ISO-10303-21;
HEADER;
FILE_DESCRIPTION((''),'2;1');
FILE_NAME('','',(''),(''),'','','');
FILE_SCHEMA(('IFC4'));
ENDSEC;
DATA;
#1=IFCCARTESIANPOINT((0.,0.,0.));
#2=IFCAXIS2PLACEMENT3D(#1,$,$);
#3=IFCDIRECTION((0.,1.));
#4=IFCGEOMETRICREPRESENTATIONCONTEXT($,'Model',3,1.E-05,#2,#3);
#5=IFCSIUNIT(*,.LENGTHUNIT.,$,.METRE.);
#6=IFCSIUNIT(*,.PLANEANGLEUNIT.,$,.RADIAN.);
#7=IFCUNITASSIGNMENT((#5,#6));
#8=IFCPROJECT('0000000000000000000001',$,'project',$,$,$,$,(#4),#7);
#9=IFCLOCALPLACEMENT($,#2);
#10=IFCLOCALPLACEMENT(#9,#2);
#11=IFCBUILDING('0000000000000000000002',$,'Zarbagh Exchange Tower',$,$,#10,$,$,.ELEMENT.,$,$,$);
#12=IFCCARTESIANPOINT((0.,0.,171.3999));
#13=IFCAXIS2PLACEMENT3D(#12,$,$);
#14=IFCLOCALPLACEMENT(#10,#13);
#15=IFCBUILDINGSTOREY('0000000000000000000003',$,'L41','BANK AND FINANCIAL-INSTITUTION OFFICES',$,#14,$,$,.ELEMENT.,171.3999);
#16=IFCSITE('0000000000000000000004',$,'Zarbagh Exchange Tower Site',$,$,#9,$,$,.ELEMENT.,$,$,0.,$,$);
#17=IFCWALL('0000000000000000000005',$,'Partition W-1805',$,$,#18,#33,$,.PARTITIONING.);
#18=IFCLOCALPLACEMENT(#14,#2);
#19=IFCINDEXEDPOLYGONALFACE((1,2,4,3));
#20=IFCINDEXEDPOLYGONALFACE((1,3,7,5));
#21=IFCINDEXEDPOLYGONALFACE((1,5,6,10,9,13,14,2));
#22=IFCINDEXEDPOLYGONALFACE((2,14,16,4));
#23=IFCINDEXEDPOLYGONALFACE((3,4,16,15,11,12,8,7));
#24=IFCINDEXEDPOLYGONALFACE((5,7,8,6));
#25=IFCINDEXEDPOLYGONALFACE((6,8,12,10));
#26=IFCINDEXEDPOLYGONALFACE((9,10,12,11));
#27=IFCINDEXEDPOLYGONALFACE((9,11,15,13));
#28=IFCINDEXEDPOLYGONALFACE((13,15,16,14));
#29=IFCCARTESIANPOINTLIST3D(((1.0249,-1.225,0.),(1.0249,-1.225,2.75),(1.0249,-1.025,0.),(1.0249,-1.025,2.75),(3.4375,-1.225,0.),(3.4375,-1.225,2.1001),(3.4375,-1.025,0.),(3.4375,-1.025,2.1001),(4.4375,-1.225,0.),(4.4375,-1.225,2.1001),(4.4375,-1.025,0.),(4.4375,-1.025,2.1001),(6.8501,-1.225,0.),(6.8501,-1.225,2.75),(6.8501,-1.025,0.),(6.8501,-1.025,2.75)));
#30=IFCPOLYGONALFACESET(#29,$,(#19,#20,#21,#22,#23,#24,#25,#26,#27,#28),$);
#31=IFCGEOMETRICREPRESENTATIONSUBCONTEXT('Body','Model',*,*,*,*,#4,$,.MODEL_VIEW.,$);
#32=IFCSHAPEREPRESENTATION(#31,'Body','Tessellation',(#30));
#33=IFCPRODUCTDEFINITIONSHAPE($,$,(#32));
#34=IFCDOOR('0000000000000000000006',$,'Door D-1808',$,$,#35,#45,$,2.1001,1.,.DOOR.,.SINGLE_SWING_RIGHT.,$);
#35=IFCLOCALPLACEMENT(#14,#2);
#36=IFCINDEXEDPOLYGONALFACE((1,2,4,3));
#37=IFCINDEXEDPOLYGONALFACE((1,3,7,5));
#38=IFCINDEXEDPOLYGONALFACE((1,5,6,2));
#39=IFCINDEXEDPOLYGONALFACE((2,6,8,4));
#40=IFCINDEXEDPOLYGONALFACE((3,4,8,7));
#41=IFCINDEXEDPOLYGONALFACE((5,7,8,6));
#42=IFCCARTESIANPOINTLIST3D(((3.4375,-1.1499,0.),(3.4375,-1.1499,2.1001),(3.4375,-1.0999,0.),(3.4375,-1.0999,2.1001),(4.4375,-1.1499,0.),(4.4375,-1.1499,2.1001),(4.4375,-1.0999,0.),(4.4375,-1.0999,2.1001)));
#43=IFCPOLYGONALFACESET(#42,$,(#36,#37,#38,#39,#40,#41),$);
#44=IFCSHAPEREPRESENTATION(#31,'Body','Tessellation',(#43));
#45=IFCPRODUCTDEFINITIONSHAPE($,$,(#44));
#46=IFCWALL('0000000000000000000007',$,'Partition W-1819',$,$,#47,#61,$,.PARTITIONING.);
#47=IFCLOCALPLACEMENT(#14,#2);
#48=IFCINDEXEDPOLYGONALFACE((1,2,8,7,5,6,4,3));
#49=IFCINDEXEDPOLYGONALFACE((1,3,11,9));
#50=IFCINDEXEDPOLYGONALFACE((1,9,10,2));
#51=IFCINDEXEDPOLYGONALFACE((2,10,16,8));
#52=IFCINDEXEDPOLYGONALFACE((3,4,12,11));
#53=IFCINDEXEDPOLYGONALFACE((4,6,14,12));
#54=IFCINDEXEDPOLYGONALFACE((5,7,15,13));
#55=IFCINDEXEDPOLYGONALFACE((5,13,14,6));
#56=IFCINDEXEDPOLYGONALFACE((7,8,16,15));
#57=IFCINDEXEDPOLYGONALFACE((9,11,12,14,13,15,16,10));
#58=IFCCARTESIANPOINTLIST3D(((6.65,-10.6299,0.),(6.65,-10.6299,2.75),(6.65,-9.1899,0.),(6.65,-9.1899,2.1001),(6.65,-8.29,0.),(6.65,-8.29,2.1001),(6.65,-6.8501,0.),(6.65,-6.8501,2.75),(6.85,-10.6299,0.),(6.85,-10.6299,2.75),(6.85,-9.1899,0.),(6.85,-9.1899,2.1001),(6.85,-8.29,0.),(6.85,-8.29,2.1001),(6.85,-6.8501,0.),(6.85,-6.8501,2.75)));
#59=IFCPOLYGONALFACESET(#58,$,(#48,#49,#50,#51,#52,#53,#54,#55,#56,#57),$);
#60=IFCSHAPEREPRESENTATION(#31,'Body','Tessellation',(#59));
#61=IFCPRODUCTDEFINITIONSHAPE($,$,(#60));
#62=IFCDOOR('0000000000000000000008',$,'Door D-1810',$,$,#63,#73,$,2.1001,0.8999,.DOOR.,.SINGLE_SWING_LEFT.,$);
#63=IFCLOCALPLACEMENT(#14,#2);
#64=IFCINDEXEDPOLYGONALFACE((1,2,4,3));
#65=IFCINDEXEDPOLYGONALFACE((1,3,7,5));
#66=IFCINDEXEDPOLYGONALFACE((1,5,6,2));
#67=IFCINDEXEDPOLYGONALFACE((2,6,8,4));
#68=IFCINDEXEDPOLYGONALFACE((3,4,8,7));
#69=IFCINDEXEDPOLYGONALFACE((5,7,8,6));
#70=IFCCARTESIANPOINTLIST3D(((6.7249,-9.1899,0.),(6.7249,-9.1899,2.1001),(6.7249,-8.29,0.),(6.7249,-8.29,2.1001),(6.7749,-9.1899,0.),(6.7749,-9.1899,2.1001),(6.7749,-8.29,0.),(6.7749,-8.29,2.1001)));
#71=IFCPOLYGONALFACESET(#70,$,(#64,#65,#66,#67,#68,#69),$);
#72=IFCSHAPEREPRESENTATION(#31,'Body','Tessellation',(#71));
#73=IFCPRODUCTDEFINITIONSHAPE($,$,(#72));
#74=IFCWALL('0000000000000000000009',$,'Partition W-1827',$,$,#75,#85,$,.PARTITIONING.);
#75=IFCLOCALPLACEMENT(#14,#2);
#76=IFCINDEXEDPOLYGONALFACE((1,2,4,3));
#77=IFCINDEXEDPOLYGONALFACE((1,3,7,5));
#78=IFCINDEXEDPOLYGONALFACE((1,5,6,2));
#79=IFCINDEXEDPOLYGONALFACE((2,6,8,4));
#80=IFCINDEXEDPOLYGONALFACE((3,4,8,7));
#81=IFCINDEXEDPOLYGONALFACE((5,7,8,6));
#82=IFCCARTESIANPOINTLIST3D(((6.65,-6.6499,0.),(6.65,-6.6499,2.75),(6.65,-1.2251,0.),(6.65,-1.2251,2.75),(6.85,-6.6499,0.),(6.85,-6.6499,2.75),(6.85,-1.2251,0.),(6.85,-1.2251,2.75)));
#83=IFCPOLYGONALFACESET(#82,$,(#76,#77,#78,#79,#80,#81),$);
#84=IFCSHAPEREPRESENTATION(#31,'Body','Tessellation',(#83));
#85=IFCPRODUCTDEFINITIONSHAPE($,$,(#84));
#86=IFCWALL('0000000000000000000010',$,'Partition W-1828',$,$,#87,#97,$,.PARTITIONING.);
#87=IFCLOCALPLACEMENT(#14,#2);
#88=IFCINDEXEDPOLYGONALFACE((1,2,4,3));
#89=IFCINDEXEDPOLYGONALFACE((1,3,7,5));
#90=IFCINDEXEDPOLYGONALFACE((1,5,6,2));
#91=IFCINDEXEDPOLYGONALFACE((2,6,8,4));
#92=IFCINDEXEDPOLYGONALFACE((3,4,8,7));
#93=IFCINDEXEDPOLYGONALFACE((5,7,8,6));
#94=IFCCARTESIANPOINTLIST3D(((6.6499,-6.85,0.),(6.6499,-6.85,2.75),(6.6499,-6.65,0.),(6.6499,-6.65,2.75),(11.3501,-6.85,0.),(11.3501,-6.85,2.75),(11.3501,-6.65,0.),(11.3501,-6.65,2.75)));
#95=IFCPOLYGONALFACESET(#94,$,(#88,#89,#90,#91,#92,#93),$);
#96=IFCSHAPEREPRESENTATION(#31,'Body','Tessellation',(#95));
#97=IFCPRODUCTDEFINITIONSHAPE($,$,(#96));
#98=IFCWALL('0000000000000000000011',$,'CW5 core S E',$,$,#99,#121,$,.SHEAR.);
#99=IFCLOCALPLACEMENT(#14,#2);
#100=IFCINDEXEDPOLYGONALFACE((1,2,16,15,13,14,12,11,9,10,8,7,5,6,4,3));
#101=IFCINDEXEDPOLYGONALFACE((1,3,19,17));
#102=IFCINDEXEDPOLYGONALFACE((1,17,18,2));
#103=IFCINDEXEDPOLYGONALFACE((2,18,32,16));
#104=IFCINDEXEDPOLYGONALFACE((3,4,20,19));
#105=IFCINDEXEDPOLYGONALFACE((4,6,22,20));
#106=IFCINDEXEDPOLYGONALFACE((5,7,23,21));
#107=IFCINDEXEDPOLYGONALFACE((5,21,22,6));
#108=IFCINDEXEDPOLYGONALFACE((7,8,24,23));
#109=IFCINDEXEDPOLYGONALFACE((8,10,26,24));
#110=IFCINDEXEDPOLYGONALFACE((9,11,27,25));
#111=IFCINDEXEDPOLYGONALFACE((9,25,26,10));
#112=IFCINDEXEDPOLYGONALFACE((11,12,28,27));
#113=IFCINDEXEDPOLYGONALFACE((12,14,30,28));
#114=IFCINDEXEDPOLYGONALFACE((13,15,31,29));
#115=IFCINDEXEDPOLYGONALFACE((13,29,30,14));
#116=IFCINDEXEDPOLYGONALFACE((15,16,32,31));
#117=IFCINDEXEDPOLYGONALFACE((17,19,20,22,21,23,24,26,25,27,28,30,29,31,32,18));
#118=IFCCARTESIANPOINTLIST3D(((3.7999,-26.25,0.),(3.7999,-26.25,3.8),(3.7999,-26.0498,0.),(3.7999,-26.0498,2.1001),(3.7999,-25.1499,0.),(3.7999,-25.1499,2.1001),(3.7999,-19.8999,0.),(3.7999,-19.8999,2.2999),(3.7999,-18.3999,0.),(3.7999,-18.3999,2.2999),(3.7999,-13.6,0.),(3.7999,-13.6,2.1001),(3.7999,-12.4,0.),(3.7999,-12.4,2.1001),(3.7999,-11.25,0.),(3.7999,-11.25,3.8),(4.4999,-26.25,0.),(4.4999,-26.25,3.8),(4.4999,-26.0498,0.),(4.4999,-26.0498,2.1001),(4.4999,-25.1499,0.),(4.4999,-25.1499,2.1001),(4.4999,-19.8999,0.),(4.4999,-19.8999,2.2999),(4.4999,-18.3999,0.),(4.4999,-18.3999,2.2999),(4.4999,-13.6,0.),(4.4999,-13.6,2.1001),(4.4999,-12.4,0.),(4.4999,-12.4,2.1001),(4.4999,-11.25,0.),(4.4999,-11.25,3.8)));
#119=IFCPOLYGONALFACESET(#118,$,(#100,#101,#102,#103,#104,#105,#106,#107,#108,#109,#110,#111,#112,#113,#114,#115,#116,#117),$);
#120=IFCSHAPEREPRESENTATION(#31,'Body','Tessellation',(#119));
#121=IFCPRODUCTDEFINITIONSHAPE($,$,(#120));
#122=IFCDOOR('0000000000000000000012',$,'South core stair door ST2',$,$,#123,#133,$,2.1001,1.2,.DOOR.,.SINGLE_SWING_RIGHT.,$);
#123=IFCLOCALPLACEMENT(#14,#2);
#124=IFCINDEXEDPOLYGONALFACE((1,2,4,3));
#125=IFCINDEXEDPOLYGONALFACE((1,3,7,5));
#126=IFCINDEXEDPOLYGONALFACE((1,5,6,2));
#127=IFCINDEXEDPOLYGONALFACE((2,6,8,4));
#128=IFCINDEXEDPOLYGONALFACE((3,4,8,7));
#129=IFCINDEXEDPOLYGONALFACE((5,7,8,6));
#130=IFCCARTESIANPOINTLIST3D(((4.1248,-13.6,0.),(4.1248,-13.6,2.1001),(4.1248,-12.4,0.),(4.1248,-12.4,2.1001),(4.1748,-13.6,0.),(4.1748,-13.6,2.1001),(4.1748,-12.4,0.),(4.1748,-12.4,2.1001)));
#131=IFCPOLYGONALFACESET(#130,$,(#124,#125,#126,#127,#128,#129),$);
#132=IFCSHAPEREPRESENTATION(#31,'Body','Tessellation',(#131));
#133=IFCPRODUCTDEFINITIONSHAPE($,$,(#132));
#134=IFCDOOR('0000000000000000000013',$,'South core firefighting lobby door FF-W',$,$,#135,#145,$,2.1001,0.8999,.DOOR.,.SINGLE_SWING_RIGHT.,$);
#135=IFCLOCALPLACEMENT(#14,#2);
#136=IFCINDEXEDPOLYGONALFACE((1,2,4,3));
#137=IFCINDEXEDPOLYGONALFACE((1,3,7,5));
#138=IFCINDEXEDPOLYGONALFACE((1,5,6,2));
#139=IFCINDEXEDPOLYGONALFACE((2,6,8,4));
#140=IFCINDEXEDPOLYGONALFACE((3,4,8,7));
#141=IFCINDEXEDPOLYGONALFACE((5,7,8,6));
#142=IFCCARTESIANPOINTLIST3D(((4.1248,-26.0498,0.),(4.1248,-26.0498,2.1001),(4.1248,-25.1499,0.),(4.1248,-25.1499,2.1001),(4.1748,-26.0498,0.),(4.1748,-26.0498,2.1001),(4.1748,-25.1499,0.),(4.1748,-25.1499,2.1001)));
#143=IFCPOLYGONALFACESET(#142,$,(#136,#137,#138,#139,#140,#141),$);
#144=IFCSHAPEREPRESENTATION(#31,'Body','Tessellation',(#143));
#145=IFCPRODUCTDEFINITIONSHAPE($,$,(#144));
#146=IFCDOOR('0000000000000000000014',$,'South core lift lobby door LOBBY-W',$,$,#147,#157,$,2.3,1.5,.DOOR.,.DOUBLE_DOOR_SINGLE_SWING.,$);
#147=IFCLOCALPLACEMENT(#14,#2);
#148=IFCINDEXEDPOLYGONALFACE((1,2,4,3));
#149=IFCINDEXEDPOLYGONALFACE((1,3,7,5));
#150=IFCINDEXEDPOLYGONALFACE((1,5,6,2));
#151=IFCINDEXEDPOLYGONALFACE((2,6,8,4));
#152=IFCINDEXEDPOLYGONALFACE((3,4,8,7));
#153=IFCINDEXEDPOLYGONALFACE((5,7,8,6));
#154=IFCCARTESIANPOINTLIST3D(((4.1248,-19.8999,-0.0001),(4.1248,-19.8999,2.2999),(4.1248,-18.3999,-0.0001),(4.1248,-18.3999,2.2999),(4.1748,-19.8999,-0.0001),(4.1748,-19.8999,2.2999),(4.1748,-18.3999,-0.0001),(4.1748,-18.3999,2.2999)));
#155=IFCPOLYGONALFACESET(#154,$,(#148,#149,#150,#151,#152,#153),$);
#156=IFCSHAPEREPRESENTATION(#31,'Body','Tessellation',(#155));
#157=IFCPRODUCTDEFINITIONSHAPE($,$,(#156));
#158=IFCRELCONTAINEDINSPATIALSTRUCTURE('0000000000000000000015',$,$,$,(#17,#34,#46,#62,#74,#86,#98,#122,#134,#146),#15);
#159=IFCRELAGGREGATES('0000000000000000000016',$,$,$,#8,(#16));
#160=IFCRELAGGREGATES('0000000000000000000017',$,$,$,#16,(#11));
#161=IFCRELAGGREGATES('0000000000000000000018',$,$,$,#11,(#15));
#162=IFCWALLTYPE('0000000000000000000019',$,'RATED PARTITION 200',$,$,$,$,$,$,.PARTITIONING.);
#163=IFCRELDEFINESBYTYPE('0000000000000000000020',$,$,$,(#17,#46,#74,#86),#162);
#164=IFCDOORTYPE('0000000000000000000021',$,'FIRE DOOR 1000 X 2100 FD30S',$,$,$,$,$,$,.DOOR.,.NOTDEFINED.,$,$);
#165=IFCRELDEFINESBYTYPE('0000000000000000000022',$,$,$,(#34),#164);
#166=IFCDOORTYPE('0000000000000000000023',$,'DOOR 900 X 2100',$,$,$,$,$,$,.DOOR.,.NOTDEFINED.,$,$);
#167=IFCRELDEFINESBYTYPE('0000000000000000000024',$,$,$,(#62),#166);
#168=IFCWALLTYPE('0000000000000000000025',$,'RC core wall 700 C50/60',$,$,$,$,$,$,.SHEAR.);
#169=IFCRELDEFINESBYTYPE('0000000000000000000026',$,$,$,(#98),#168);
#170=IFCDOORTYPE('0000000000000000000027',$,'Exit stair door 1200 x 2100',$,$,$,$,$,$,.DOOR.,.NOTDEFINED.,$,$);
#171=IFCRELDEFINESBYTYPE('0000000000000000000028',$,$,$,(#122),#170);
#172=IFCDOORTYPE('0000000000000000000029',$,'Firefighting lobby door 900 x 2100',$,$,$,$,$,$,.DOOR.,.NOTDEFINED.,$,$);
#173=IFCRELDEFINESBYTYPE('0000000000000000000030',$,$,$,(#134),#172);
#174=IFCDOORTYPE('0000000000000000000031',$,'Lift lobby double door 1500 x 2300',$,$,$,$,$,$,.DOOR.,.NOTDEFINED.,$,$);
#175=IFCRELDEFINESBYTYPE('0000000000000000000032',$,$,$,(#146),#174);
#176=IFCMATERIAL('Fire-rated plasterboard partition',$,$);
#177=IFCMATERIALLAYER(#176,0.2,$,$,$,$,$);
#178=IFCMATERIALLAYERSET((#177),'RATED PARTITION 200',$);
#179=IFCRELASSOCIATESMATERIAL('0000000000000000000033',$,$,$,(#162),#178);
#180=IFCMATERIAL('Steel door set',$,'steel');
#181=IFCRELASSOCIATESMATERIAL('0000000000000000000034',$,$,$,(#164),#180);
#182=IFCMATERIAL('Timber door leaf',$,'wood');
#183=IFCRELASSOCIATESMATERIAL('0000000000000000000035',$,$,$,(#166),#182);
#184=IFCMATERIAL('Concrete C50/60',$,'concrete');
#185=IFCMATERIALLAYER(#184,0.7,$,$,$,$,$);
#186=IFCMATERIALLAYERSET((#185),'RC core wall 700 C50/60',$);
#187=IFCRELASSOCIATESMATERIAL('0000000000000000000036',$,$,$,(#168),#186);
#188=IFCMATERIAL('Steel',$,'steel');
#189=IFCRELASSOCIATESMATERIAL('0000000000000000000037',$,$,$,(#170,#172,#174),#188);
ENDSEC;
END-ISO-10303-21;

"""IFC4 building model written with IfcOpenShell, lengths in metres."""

from ifc_helpers import new_model, si_unit, direction, frame, frame_2d, origin, place, context, subcontext, project, spatial, rectangle, extrude, material, layer, layer_set, type_object, element, fill, save


model = new_model("IFC4")

# Units and contexts
model_context = context("Model", 3, precision=1e-05, world=origin(), true_north=direction((0.0, 1.0)))
body_context = subcontext(model_context, "Body", "Model", "MODEL_VIEW")
ifc_project = project(units=[si_unit("LENGTHUNIT", "METRE"), si_unit("PLANEANGLEUNIT", "RADIAN")], contexts=[model_context])

# Site, building, storey
site_placement = place(None, origin())
site = spatial("IfcSite", under=ifc_project, at=site_placement, Name="Zarbagh Exchange Tower Site", CompositionType="ELEMENT", RefElevation=0.0)
building_placement = place(site_placement, origin())
building = spatial("IfcBuilding", under=site, at=building_placement, Name="Zarbagh Exchange Tower", CompositionType="ELEMENT")
storey_placement = place(building_placement, frame((0.0, 0.0, 171.3999)))
storey = spatial("IfcBuildingStorey", under=building, at=storey_placement, Name="L41", Description="BANK AND FINANCIAL-INSTITUTION OFFICES", CompositionType="ELEMENT", Elevation=171.3999)

# Shared definitions
ifc_material_1 = material(Name="Concrete C50/60", Category="concrete")

# Walls, openings, doors
ifc_material_2 = material(Name="Fire-rated plasterboard partition")
ifc_layer_1 = layer(ifc_material_2, 0.2)
ifc_layer_set_1 = layer_set([ifc_layer_1], Name="RATED PARTITION 200")
wall_type_1 = type_object("IfcWallType", Name="RATED PARTITION 200", PredefinedType="PARTITIONING", material=ifc_layer_set_1)
wall_1_placement = place(storey_placement, frame((6.8501, -1.125, 0.0), z_axis=(0.0, 0.0, 1.0), x_axis=(-1.0, 0.0, 0.0)))
wall_1 = element("IfcWall", 1, at=wall_1_placement, inside=storey, type_object=wall_type_1, Name="Partition W-1805", PredefinedType="PARTITIONING", context=body_context, shape_type="SweptSolid", body=[
    extrude(rectangle(XDim=5.8252, YDim=0.2, at=frame_2d((2.9126, 0.0))), origin(), (0.0, 0.0, 1.0), 2.75),
])
opening_1_placement = place(wall_1_placement, frame((2.4126, 0.0, 0.0)))
opening_1 = element("IfcOpeningElement", 2, at=opening_1_placement, cuts=wall_1, PredefinedType="OPENING", context=body_context, shape_type="SweptSolid", body=[
    extrude(rectangle(XDim=1.0, YDim=2.1001, at=frame_2d((0.5, 1.05))), frame((0.0, 0.1099, 0.0), z_axis=(0.0, -1.0, 0.0), x_axis=(1.0, 0.0, 0.0)), (0.0, 0.0, 1.0), 0.22),
])
ifc_material_3 = material(Name="Steel door set", Category="steel")
door_type_1 = type_object("IfcDoorType", Name="FIRE DOOR 1000 X 2100 FD30S", OperationType="NOTDEFINED", PredefinedType="DOOR", material=ifc_material_3)
door_1_placement = place(opening_1_placement, origin())
door_1 = element("IfcDoor", 3, at=door_1_placement, inside=storey, type_object=door_type_1, Name="Door D-1808", OperationType="SINGLE_SWING_RIGHT", OverallHeight=2.1001, OverallWidth=1.0, PredefinedType="DOOR", context=body_context, shape_type="SweptSolid", body=[
    extrude(rectangle(XDim=1.0, YDim=2.1001, at=frame_2d((0.5, 1.05))), frame((0.0, 0.0249, 0.0), z_axis=(0.0, -1.0, 0.0), x_axis=(1.0, 0.0, 0.0)), (0.0, 0.0, 1.0), 0.05),
])
fill(opening_1, door_1)
wall_2_placement = place(storey_placement, frame((6.75, -6.8501, 0.0), z_axis=(0.0, 0.0, 1.0), x_axis=(0.0, -1.0, 0.0)))
wall_2 = element("IfcWall", 4, at=wall_2_placement, inside=storey, type_object=wall_type_1, Name="Partition W-1819", PredefinedType="PARTITIONING", context=body_context, shape_type="SweptSolid", body=[
    extrude(rectangle(XDim=3.7798, YDim=0.2, at=frame_2d((1.8899, 0.0))), origin(), (0.0, 0.0, 1.0), 2.75),
])
opening_2_placement = place(wall_2_placement, frame((1.4399, 0.0, 0.0)))
opening_2 = element("IfcOpeningElement", 5, at=opening_2_placement, cuts=wall_2, PredefinedType="OPENING", context=body_context, shape_type="SweptSolid", body=[
    extrude(rectangle(XDim=0.8999, YDim=2.1001, at=frame_2d((0.45, 1.05))), frame((0.0, 0.1099, 0.0), z_axis=(0.0, -1.0, 0.0), x_axis=(1.0, 0.0, 0.0)), (0.0, 0.0, 1.0), 0.22),
])
ifc_material_4 = material(Name="Timber door leaf", Category="wood")
door_type_2 = type_object("IfcDoorType", Name="DOOR 900 X 2100", OperationType="NOTDEFINED", PredefinedType="DOOR", material=ifc_material_4)
door_2_placement = place(opening_2_placement, origin())
door_2 = element("IfcDoor", 6, at=door_2_placement, inside=storey, type_object=door_type_2, Name="Door D-1810", OperationType="SINGLE_SWING_LEFT", OverallHeight=2.1001, OverallWidth=0.8999, PredefinedType="DOOR", context=body_context, shape_type="SweptSolid", body=[
    extrude(rectangle(XDim=0.8999, YDim=2.1001, at=frame_2d((0.45, 1.05))), frame((0.0, 0.0249, 0.0), z_axis=(0.0, -1.0, 0.0), x_axis=(1.0, 0.0, 0.0)), (0.0, 0.0, 1.0), 0.05),
])
fill(opening_2, door_2)

# Walls
wall_3_placement = place(storey_placement, frame((6.75, -6.6499, 0.0), z_axis=(0.0, 0.0, 1.0), x_axis=(0.0, 1.0, 0.0)))
element("IfcWall", 7, at=wall_3_placement, inside=storey, type_object=wall_type_1, Name="Partition W-1827", PredefinedType="PARTITIONING", context=body_context, shape_type="SweptSolid", body=[
    extrude(rectangle(XDim=5.4248, YDim=0.2, at=frame_2d((2.7124, 0.0))), origin(), (0.0, 0.0, 1.0), 2.75),
])
wall_4_placement = place(storey_placement, frame((6.6499, -6.75, 0.0), z_axis=(0.0, 0.0, 1.0), x_axis=(1.0, 0.0, 0.0)))
element("IfcWall", 8, at=wall_4_placement, inside=storey, type_object=wall_type_1, Name="Partition W-1828", PredefinedType="PARTITIONING", context=body_context, shape_type="SweptSolid", body=[
    extrude(rectangle(XDim=4.7002, YDim=0.2, at=frame_2d((2.3501, 0.0))), origin(), (0.0, 0.0, 1.0), 2.75),
])

# Wall, openings, doors
ifc_layer_2 = layer(ifc_material_1, 0.7)
ifc_layer_set_2 = layer_set([ifc_layer_2], Name="RC core wall 700 C50/60")
wall_type_2 = type_object("IfcWallType", Name="RC core wall 700 C50/60", PredefinedType="SHEAR", material=ifc_layer_set_2)
wall_5_placement = place(storey_placement, frame((4.1499, -11.25, 0.0), z_axis=(0.0, 0.0, 1.0), x_axis=(0.0, -1.0, 0.0)))
wall_5 = element("IfcWall", 9, at=wall_5_placement, inside=storey, type_object=wall_type_2, Name="CW5 core S E", PredefinedType="SHEAR", context=body_context, shape_type="SweptSolid", body=[
    extrude(rectangle(XDim=15.0, YDim=0.7, at=frame_2d((7.5, 0.0))), origin(), (0.0, 0.0, 1.0), 3.8),
])
opening_3_placement = place(wall_5_placement, frame((7.1499, 0.0, 0.0)))
opening_3 = element("IfcOpeningElement", 10, at=opening_3_placement, cuts=wall_5, PredefinedType="OPENING", context=body_context, shape_type="SweptSolid", body=[
    extrude(rectangle(XDim=1.5, YDim=2.3, at=frame_2d((0.75, 1.1499))), frame((0.0, 0.3599, 0.0), z_axis=(0.0, -1.0, 0.0), x_axis=(1.0, 0.0, 0.0)), (0.0, 0.0, 1.0), 0.72),
])
opening_4_placement = place(wall_5_placement, frame((13.8999, 0.0, 0.0)))
opening_4 = element("IfcOpeningElement", 11, at=opening_4_placement, cuts=wall_5, PredefinedType="OPENING", context=body_context, shape_type="SweptSolid", body=[
    extrude(rectangle(XDim=0.8999, YDim=2.1001, at=frame_2d((0.45, 1.05))), frame((0.0, 0.3599, 0.0), z_axis=(0.0, -1.0, 0.0), x_axis=(1.0, 0.0, 0.0)), (0.0, 0.0, 1.0), 0.72),
])
opening_5_placement = place(wall_5_placement, frame((1.1499, 0.0, 0.0)))
opening_5 = element("IfcOpeningElement", 12, at=opening_5_placement, cuts=wall_5, PredefinedType="OPENING", context=body_context, shape_type="SweptSolid", body=[
    extrude(rectangle(XDim=1.2, YDim=2.1001, at=frame_2d((0.6001, 1.05))), frame((0.0, 0.3599, 0.0), z_axis=(0.0, -1.0, 0.0), x_axis=(1.0, 0.0, 0.0)), (0.0, 0.0, 1.0), 0.72),
])
ifc_material_5 = material(Name="Steel", Category="steel")
door_type_3 = type_object("IfcDoorType", Name="Exit stair door 1200 x 2100", OperationType="NOTDEFINED", PredefinedType="DOOR", material=ifc_material_5)
door_3_placement = place(opening_5_placement, origin())
door_3 = element("IfcDoor", 13, at=door_3_placement, inside=storey, type_object=door_type_3, Name="South core stair door ST2", OperationType="SINGLE_SWING_RIGHT", OverallHeight=2.1001, OverallWidth=1.2, PredefinedType="DOOR", context=body_context, shape_type="SweptSolid", body=[
    extrude(rectangle(XDim=1.2, YDim=2.1001, at=frame_2d((0.6001, 1.05))), frame((0.0, 0.0249, 0.0), z_axis=(0.0, -1.0, 0.0), x_axis=(1.0, 0.0, 0.0)), (0.0, 0.0, 1.0), 0.05),
])
fill(opening_5, door_3)
door_type_4 = type_object("IfcDoorType", Name="Firefighting lobby door 900 x 2100", OperationType="NOTDEFINED", PredefinedType="DOOR", material=ifc_material_5)
door_4_placement = place(opening_4_placement, origin())
door_4 = element("IfcDoor", 14, at=door_4_placement, inside=storey, type_object=door_type_4, Name="South core firefighting lobby door FF-W", OperationType="SINGLE_SWING_RIGHT", OverallHeight=2.1001, OverallWidth=0.8999, PredefinedType="DOOR", context=body_context, shape_type="SweptSolid", body=[
    extrude(rectangle(XDim=0.8999, YDim=2.1001, at=frame_2d((0.45, 1.05))), frame((0.0, 0.0249, 0.0), z_axis=(0.0, -1.0, 0.0), x_axis=(1.0, 0.0, 0.0)), (0.0, 0.0, 1.0), 0.05),
])
fill(opening_4, door_4)
door_type_5 = type_object("IfcDoorType", Name="Lift lobby double door 1500 x 2300", OperationType="NOTDEFINED", PredefinedType="DOOR", material=ifc_material_5)
door_5_placement = place(opening_3_placement, origin())
door_5 = element("IfcDoor", 15, at=door_5_placement, inside=storey, type_object=door_type_5, Name="South core lift lobby door LOBBY-W", OperationType="DOUBLE_DOOR_SINGLE_SWING", OverallHeight=2.3, OverallWidth=1.5, PredefinedType="DOOR", context=body_context, shape_type="SweptSolid", body=[
    extrude(rectangle(XDim=1.5, YDim=2.3, at=frame_2d((0.75, 1.1499))), frame((0.0, 0.0249, 0.0), z_axis=(0.0, -1.0, 0.0), x_axis=(1.0, 0.0, 0.0)), (0.0, 0.0, 1.0), 0.05),
])
fill(opening_3, door_5)

save(model, "model.ifc")
